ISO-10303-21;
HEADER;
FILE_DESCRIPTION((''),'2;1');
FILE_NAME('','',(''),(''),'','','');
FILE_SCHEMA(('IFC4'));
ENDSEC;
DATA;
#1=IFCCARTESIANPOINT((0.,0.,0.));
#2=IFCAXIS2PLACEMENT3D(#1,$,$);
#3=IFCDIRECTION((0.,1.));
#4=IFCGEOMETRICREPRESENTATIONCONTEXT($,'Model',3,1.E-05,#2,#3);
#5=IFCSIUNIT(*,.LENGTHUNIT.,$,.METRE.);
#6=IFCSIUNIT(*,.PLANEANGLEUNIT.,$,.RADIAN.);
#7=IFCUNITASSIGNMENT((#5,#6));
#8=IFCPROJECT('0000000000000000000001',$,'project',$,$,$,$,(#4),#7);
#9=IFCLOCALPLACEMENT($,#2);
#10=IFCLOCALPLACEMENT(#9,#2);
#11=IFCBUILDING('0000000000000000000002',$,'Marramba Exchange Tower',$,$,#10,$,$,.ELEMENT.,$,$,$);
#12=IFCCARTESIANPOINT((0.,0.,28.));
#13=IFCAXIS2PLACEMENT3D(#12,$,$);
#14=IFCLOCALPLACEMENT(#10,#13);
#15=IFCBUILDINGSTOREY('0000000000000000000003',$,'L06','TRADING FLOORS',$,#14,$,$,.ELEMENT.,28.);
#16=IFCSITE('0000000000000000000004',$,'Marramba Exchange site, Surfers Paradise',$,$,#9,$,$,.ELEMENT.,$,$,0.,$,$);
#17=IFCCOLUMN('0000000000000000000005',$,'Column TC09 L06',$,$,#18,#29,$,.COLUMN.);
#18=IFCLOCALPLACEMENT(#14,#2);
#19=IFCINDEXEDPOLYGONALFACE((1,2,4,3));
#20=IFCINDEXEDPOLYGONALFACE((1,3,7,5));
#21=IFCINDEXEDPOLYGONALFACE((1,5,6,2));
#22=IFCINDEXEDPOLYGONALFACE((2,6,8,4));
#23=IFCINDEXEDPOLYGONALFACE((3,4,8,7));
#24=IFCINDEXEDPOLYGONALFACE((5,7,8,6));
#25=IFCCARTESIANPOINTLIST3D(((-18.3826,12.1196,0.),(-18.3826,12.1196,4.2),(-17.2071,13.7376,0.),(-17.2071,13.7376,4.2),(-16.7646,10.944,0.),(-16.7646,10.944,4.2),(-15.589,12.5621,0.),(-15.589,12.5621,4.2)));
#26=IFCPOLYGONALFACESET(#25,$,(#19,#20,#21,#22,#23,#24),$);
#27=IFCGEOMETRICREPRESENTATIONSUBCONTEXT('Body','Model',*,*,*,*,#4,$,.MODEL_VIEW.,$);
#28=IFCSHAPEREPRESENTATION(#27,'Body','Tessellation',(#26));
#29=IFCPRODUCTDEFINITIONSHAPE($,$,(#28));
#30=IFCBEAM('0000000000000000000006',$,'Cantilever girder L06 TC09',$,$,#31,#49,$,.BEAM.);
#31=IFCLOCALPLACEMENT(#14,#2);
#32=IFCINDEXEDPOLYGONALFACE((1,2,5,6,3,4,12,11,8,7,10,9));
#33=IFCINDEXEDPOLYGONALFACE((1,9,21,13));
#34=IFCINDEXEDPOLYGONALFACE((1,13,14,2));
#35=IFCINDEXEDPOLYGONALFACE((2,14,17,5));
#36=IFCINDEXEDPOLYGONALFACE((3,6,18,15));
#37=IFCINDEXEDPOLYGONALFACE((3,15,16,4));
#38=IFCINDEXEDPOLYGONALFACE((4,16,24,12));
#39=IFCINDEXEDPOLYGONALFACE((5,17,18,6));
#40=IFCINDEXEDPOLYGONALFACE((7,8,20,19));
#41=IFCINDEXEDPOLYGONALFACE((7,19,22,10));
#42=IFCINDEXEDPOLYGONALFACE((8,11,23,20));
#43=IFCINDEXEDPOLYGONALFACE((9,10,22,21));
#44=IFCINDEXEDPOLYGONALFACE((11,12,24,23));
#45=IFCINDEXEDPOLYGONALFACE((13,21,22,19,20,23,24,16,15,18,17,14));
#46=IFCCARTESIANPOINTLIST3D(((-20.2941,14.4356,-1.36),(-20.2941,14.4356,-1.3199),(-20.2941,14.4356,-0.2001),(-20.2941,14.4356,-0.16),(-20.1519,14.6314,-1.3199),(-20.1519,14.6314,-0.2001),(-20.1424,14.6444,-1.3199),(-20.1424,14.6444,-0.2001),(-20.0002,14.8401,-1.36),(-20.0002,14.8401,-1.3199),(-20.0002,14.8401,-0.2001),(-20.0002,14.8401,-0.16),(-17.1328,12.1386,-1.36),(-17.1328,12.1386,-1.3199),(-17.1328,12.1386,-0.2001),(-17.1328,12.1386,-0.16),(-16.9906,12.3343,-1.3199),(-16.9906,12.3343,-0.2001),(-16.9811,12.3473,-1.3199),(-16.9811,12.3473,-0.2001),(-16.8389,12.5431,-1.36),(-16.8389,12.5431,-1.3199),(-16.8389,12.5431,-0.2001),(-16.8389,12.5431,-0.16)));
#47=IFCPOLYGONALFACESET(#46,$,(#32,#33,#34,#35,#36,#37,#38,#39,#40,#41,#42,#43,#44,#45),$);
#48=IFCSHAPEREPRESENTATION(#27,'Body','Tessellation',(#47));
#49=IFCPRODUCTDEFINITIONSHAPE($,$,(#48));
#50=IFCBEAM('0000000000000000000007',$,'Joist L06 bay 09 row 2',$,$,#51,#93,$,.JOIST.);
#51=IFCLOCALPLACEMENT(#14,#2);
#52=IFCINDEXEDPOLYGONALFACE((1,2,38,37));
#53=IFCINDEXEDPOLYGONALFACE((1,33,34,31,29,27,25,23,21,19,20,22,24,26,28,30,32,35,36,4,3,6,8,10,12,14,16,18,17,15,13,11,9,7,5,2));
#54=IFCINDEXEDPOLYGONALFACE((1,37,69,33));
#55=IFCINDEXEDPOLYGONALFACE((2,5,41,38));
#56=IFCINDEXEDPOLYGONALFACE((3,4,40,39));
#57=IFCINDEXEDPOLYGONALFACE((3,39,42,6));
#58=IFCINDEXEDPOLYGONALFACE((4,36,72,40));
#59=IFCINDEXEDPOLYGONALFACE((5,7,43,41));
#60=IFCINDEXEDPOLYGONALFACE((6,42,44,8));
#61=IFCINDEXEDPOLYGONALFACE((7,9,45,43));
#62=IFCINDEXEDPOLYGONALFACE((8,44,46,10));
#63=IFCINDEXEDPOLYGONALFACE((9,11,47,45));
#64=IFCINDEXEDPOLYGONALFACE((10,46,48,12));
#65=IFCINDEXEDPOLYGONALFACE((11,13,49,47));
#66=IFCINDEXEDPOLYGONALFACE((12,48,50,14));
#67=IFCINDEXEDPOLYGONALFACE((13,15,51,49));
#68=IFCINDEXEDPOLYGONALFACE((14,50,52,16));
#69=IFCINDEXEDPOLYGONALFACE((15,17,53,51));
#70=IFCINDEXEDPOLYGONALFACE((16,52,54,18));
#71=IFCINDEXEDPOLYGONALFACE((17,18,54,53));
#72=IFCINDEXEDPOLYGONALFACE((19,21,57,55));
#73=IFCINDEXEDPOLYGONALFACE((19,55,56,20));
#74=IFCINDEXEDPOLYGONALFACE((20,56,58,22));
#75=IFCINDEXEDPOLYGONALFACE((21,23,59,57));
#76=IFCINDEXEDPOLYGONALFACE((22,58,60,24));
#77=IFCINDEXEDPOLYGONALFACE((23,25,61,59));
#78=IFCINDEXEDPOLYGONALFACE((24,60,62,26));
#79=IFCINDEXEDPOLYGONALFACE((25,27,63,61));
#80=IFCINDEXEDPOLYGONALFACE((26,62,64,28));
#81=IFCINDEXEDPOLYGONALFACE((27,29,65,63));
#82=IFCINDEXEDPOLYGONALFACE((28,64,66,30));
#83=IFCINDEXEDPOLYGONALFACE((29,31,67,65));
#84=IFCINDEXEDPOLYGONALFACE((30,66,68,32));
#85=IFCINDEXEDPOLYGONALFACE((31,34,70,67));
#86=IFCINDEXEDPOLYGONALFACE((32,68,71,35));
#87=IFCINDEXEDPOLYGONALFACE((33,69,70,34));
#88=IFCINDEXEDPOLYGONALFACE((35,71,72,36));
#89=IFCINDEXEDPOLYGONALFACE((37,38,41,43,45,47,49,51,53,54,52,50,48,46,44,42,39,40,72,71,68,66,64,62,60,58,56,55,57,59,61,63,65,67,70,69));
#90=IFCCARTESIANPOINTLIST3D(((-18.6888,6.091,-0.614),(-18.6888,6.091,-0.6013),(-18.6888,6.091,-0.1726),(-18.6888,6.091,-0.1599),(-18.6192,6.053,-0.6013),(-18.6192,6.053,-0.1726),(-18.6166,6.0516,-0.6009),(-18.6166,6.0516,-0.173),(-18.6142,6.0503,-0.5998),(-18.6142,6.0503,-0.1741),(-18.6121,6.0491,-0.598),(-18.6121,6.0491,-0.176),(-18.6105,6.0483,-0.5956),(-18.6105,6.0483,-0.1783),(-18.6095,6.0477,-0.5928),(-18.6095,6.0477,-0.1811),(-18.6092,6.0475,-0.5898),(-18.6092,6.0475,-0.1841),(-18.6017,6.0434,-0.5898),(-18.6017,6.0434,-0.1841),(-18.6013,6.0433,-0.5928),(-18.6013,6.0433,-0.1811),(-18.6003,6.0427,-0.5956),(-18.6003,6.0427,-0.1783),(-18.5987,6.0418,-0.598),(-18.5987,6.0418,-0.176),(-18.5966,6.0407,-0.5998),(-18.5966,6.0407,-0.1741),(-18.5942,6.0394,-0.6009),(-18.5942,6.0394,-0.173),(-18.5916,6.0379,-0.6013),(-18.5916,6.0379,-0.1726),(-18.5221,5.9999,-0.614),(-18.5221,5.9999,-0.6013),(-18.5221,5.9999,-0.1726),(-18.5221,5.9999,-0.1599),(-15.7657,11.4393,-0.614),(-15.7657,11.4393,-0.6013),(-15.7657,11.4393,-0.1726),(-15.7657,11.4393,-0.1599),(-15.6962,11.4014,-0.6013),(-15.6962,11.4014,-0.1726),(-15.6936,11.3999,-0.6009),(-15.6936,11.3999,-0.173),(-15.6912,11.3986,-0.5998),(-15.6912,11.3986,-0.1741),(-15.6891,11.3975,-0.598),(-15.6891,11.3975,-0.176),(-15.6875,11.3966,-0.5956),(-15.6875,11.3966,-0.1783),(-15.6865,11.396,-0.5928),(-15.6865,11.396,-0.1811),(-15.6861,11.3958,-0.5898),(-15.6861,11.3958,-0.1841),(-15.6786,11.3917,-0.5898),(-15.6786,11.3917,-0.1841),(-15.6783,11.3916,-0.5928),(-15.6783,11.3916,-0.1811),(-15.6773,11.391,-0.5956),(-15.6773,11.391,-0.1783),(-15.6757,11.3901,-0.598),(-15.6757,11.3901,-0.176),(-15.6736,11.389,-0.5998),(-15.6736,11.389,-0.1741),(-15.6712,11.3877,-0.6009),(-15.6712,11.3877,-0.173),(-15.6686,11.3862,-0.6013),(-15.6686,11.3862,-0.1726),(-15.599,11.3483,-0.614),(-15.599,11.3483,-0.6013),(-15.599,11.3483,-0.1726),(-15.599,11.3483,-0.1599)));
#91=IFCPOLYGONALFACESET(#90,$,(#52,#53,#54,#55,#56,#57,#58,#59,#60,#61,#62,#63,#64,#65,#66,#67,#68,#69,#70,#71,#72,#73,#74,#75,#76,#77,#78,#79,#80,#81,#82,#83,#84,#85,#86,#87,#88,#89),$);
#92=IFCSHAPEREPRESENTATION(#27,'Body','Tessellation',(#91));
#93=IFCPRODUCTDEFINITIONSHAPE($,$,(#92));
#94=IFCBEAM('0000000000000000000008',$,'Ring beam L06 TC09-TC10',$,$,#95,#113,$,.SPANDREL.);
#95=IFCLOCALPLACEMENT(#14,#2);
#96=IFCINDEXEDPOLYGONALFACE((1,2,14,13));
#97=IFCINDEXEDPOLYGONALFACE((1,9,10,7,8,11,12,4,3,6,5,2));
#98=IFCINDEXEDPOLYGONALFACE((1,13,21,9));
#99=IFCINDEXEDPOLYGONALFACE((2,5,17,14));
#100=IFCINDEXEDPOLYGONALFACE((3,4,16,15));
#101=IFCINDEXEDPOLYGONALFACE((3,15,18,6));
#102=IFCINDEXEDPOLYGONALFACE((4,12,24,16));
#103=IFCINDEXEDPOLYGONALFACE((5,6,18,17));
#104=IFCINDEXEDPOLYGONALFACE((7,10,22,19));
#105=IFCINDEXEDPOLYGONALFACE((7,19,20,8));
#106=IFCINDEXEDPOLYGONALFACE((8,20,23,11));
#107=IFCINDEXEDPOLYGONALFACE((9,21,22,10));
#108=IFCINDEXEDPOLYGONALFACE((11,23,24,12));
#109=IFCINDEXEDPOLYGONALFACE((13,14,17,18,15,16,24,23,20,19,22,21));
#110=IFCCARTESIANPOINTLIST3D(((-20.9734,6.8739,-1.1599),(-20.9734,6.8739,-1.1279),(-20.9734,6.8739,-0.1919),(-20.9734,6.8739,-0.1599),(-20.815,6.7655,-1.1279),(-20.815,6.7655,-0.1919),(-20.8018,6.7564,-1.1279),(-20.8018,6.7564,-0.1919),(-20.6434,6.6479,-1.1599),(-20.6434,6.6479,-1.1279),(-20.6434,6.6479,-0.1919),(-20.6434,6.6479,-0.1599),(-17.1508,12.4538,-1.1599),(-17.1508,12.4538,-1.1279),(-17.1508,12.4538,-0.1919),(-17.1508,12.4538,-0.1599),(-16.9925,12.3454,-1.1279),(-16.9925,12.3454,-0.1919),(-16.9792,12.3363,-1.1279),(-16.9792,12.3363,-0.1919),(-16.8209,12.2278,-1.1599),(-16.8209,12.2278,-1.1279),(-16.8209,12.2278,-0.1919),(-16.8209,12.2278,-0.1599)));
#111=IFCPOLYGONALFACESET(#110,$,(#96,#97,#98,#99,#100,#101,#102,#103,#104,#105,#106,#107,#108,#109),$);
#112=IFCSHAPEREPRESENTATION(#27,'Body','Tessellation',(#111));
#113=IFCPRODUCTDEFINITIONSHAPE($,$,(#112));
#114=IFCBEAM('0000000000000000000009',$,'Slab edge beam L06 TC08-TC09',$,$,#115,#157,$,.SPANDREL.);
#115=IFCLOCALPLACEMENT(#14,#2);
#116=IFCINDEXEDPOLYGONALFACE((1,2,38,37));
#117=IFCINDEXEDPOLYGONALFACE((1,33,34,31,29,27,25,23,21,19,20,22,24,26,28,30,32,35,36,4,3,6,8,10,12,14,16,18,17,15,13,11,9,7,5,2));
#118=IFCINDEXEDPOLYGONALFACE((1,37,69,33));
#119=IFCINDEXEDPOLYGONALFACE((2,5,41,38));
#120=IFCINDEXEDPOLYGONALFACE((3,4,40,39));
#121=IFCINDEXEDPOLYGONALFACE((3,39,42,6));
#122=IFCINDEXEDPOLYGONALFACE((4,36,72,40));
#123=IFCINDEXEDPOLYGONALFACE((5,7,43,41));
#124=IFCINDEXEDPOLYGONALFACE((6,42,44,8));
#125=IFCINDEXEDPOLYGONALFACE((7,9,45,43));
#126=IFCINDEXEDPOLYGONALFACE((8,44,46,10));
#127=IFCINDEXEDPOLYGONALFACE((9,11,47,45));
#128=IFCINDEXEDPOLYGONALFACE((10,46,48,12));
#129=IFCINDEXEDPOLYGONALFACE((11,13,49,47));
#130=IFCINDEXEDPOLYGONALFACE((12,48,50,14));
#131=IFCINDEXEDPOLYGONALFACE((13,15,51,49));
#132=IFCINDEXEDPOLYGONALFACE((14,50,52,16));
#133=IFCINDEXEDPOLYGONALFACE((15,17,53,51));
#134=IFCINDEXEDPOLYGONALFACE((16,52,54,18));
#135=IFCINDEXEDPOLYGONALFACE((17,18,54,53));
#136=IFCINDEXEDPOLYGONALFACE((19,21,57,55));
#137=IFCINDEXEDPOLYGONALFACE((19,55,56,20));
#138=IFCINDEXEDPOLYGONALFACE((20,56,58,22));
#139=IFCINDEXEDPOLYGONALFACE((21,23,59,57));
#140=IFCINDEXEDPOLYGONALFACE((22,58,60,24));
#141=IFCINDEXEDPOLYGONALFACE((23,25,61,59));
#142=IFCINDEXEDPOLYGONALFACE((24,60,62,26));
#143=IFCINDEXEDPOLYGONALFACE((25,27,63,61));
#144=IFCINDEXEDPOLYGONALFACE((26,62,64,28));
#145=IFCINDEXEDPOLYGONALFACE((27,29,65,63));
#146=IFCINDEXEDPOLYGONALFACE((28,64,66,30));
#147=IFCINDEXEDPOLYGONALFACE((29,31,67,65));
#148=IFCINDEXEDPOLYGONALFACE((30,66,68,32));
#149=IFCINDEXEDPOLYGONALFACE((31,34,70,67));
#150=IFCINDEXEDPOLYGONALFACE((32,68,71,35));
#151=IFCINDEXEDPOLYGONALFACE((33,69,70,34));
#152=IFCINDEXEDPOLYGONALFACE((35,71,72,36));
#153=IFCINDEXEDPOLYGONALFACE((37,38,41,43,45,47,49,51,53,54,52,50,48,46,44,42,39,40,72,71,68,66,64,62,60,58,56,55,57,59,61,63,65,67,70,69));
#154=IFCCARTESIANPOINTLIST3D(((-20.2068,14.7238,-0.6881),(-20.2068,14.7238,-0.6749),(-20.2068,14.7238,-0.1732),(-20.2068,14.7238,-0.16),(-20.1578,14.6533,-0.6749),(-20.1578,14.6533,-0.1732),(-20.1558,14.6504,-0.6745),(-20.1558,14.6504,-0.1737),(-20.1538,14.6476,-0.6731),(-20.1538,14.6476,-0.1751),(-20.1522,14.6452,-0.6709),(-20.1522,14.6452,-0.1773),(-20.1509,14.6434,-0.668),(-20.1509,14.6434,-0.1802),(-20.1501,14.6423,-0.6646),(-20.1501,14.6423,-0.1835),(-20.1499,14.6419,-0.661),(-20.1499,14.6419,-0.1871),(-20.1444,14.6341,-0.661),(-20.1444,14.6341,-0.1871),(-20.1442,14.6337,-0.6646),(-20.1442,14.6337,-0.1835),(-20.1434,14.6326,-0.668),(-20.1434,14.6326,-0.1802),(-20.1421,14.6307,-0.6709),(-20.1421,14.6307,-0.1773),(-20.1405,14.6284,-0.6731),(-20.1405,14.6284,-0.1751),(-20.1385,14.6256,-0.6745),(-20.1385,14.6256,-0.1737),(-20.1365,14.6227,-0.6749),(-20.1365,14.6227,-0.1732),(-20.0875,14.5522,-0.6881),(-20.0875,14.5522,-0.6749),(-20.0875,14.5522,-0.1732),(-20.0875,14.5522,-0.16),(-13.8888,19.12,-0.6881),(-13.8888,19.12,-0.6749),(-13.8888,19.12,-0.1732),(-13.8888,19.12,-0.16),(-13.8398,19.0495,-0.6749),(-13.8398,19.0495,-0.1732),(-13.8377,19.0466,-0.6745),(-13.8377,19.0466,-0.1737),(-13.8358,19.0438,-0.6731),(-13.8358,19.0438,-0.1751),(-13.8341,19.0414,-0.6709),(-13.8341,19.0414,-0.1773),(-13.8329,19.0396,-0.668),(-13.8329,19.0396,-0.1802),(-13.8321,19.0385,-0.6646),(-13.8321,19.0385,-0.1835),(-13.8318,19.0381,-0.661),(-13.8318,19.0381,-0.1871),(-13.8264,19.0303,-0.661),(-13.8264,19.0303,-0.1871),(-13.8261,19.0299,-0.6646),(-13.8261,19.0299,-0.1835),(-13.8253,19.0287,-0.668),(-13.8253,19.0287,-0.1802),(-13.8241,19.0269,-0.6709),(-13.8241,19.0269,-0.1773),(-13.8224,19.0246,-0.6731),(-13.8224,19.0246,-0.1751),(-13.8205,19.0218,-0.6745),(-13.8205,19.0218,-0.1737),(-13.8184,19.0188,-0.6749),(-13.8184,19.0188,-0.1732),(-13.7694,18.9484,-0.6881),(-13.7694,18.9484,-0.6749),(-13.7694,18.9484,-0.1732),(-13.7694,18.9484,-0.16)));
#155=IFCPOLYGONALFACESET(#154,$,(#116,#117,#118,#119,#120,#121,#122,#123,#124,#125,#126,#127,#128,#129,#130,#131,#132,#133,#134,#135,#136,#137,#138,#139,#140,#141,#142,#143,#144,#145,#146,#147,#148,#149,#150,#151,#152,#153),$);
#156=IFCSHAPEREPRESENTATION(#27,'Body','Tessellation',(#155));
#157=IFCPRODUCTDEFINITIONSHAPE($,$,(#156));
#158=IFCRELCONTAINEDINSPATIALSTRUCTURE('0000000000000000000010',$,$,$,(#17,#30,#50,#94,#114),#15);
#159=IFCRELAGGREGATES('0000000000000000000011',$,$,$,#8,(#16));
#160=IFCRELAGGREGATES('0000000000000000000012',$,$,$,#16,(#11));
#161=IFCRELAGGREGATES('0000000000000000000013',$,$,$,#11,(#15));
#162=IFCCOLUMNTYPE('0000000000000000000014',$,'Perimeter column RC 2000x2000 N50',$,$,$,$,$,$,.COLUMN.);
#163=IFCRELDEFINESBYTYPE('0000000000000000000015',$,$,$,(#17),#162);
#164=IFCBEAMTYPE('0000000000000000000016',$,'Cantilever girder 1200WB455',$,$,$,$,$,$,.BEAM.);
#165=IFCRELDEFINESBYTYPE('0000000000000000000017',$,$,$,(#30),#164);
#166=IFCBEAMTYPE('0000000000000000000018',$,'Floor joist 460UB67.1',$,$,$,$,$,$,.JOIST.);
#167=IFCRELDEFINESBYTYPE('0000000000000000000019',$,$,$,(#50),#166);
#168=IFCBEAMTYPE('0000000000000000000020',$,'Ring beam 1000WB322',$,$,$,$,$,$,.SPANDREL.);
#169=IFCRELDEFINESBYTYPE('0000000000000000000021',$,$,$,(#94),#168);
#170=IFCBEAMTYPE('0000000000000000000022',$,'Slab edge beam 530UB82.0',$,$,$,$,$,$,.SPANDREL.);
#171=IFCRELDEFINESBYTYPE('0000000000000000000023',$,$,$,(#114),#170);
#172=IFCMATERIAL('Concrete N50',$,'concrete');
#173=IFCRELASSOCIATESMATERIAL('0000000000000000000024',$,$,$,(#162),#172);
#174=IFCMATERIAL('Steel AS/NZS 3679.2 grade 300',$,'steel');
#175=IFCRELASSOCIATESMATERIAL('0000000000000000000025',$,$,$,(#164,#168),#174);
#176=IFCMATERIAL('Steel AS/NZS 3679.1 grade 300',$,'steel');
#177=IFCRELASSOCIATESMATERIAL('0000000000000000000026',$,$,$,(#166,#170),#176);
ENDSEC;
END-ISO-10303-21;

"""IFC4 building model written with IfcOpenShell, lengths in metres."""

from ifc_helpers import new_model, si_unit, direction, frame, origin, origin_2d, place, context, subcontext, project, spatial, rectangle, i_section, extrude, material, material_profile, profile_set, type_object, element, save


model = new_model("IFC4")

# Units and contexts
model_context = context("Model", 3, precision=1e-05, world=origin(), true_north=direction((0.0, 1.0)))
body_context = subcontext(model_context, "Body", "Model", "MODEL_VIEW")
ifc_project = project(units=[si_unit("LENGTHUNIT", "METRE"), si_unit("PLANEANGLEUNIT", "RADIAN")], contexts=[model_context])

# Site, building, storey
site_placement = place(None, origin())
site = spatial("IfcSite", under=ifc_project, at=site_placement, Name="Marramba Exchange site, Surfers Paradise", CompositionType="ELEMENT", RefElevation=0.0)
building_placement = place(site_placement, origin())
building = spatial("IfcBuilding", under=site, at=building_placement, Name="Marramba Exchange Tower", CompositionType="ELEMENT")
storey_placement = place(building_placement, frame((0.0, 0.0, 28.0)))
storey = spatial("IfcBuildingStorey", under=building, at=storey_placement, Name="L06", Description="TRADING FLOORS", CompositionType="ELEMENT", Elevation=28.0)

# Column
ifc_material_1 = material(Name="Concrete N50", Category="concrete")
ifc_material_profile_1 = material_profile(ifc_material_1, rectangle(XDim=2.0, YDim=2.0, at=origin_2d()), Name="RC 2000x2000")
ifc_profile_set_1 = profile_set([ifc_material_profile_1], Name="Concrete N50")
column_type = type_object("IfcColumnType", Name="Perimeter column RC 2000x2000 N50", PredefinedType="COLUMN", material=ifc_profile_set_1)
column_placement = place(storey_placement, frame((-16.9858, 12.3408, 0.0), z_axis=(0.0, 0.0, 1.0), x_axis=(-0.809017, 0.587785, 0.0)))
element("IfcColumn", 1, at=column_placement, inside=storey, type_object=column_type, Name="Column TC09 L06", PredefinedType="COLUMN", context=body_context, shape_type="SweptSolid", body=[
    extrude(rectangle(XDim=2.0, YDim=2.0, at=origin_2d()), origin(), (0.0, 0.0, 1.0), 4.2),
])

# Beams
ifc_material_2 = material(Name="Steel AS/NZS 3679.2 grade 300", Category="steel")
ifc_material_profile_2 = material_profile(ifc_material_2, i_section(OverallWidth=0.5, OverallDepth=1.2, WebThickness=0.0161, FlangeThickness=0.04, at=origin_2d()), Name="1200WB455")
ifc_profile_set_2 = profile_set([ifc_material_profile_2], Name="Steel AS/NZS 3679.2 grade 300")
beam_type_1 = type_object("IfcBeamType", Name="Cantilever girder 1200WB455", PredefinedType="BEAM", material=ifc_profile_set_2)
beam_1_placement = place(storey_placement, frame((-16.9858, 12.3408, -0.76), z_axis=(-0.808987, 0.587826, 0.0), x_axis=(-0.587826, -0.808987, 0.0)))
element("IfcBeam", 2, at=beam_1_placement, inside=storey, type_object=beam_type_1, Name="Cantilever girder L06 TC09", PredefinedType="BEAM", context=body_context, shape_type="SweptSolid", body=[
    extrude(i_section(OverallWidth=0.5, OverallDepth=1.2, WebThickness=0.0161, FlangeThickness=0.04, at=origin_2d()), origin(), (0.0, 0.0, 1.0), 3.9077),
])
ifc_material_3 = material(Name="Steel AS/NZS 3679.1 grade 300", Category="steel")
ifc_material_profile_3 = material_profile(ifc_material_3, i_section(OverallWidth=0.1899, OverallDepth=0.4541, WebThickness=0.0085, FlangeThickness=0.0127, FilletRadius=0.0115, at=origin_2d()), Name="460UB67.1")
ifc_profile_set_3 = profile_set([ifc_material_profile_3], Name="Steel AS/NZS 3679.1 grade 300")
beam_type_2 = type_object("IfcBeamType", Name="Floor joist 460UB67.1", PredefinedType="JOIST", material=ifc_profile_set_3)
beam_2_placement = place(storey_placement, frame((-15.6824, 11.3938, -0.387), z_axis=(-0.479584, -0.877496, 0.0), x_axis=(0.877496, -0.479584, 0.0)))
element("IfcBeam", 3, at=beam_2_placement, inside=storey, type_object=beam_type_2, Name="Joist L06 bay 09 row 2", PredefinedType="JOIST", context=body_context, shape_type="SweptSolid", body=[
    extrude(i_section(OverallWidth=0.1899, OverallDepth=0.4541, WebThickness=0.0085, FlangeThickness=0.0127, FilletRadius=0.0115, at=origin_2d()), origin(), (0.0, 0.0, 1.0), 6.095),
])
ifc_material_profile_4 = material_profile(ifc_material_2, i_section(OverallWidth=0.3999, OverallDepth=1.0, WebThickness=0.0161, FlangeThickness=0.032, at=origin_2d()), Name="1000WB322")
ifc_profile_set_4 = profile_set([ifc_material_profile_4], Name="Steel AS/NZS 3679.2 grade 300")
beam_type_3 = type_object("IfcBeamType", Name="Ring beam 1000WB322", PredefinedType="SPANDREL", material=ifc_profile_set_4)
beam_3_placement = place(storey_placement, frame((-16.9858, 12.3408, -0.6599), z_axis=(-0.56516, -0.824981, 0.0), x_axis=(0.824981, -0.56516, 0.0)))
element("IfcBeam", 4, at=beam_3_placement, inside=storey, type_object=beam_type_3, Name="Ring beam L06 TC09-TC10", PredefinedType="SPANDREL", context=body_context, shape_type="SweptSolid", body=[
    extrude(i_section(OverallWidth=0.3999, OverallDepth=1.0, WebThickness=0.0161, FlangeThickness=0.032, at=origin_2d()), origin(), (0.0, 0.0, 1.0), 6.7637),
])
ifc_material_profile_5 = material_profile(ifc_material_3, i_section(OverallWidth=0.209, OverallDepth=0.5281, WebThickness=0.0095, FlangeThickness=0.0132, FilletRadius=0.0139, at=origin_2d()), Name="530UB82.0")
ifc_profile_set_5 = profile_set([ifc_material_profile_5], Name="Steel AS/NZS 3679.1 grade 300")
beam_type_4 = type_object("IfcBeamType", Name="Slab edge beam 530UB82.0", PredefinedType="SPANDREL", material=ifc_profile_set_5)
beam_4_placement = place(storey_placement, frame((-13.8291, 19.0342, -0.4241), z_axis=(-0.820842, -0.571155, 0.0), x_axis=(0.571155, -0.820842, 0.0)))
element("IfcBeam", 5, at=beam_4_placement, inside=storey, type_object=beam_type_4, Name="Slab edge beam L06 TC08-TC09", PredefinedType="SPANDREL", context=body_context, shape_type="SweptSolid", body=[
    extrude(i_section(OverallWidth=0.209, OverallDepth=0.5281, WebThickness=0.0095, FlangeThickness=0.0132, FilletRadius=0.0139, at=origin_2d()), origin(), (0.0, 0.0, 1.0), 7.697),
])

save(model, "model.ifc")
